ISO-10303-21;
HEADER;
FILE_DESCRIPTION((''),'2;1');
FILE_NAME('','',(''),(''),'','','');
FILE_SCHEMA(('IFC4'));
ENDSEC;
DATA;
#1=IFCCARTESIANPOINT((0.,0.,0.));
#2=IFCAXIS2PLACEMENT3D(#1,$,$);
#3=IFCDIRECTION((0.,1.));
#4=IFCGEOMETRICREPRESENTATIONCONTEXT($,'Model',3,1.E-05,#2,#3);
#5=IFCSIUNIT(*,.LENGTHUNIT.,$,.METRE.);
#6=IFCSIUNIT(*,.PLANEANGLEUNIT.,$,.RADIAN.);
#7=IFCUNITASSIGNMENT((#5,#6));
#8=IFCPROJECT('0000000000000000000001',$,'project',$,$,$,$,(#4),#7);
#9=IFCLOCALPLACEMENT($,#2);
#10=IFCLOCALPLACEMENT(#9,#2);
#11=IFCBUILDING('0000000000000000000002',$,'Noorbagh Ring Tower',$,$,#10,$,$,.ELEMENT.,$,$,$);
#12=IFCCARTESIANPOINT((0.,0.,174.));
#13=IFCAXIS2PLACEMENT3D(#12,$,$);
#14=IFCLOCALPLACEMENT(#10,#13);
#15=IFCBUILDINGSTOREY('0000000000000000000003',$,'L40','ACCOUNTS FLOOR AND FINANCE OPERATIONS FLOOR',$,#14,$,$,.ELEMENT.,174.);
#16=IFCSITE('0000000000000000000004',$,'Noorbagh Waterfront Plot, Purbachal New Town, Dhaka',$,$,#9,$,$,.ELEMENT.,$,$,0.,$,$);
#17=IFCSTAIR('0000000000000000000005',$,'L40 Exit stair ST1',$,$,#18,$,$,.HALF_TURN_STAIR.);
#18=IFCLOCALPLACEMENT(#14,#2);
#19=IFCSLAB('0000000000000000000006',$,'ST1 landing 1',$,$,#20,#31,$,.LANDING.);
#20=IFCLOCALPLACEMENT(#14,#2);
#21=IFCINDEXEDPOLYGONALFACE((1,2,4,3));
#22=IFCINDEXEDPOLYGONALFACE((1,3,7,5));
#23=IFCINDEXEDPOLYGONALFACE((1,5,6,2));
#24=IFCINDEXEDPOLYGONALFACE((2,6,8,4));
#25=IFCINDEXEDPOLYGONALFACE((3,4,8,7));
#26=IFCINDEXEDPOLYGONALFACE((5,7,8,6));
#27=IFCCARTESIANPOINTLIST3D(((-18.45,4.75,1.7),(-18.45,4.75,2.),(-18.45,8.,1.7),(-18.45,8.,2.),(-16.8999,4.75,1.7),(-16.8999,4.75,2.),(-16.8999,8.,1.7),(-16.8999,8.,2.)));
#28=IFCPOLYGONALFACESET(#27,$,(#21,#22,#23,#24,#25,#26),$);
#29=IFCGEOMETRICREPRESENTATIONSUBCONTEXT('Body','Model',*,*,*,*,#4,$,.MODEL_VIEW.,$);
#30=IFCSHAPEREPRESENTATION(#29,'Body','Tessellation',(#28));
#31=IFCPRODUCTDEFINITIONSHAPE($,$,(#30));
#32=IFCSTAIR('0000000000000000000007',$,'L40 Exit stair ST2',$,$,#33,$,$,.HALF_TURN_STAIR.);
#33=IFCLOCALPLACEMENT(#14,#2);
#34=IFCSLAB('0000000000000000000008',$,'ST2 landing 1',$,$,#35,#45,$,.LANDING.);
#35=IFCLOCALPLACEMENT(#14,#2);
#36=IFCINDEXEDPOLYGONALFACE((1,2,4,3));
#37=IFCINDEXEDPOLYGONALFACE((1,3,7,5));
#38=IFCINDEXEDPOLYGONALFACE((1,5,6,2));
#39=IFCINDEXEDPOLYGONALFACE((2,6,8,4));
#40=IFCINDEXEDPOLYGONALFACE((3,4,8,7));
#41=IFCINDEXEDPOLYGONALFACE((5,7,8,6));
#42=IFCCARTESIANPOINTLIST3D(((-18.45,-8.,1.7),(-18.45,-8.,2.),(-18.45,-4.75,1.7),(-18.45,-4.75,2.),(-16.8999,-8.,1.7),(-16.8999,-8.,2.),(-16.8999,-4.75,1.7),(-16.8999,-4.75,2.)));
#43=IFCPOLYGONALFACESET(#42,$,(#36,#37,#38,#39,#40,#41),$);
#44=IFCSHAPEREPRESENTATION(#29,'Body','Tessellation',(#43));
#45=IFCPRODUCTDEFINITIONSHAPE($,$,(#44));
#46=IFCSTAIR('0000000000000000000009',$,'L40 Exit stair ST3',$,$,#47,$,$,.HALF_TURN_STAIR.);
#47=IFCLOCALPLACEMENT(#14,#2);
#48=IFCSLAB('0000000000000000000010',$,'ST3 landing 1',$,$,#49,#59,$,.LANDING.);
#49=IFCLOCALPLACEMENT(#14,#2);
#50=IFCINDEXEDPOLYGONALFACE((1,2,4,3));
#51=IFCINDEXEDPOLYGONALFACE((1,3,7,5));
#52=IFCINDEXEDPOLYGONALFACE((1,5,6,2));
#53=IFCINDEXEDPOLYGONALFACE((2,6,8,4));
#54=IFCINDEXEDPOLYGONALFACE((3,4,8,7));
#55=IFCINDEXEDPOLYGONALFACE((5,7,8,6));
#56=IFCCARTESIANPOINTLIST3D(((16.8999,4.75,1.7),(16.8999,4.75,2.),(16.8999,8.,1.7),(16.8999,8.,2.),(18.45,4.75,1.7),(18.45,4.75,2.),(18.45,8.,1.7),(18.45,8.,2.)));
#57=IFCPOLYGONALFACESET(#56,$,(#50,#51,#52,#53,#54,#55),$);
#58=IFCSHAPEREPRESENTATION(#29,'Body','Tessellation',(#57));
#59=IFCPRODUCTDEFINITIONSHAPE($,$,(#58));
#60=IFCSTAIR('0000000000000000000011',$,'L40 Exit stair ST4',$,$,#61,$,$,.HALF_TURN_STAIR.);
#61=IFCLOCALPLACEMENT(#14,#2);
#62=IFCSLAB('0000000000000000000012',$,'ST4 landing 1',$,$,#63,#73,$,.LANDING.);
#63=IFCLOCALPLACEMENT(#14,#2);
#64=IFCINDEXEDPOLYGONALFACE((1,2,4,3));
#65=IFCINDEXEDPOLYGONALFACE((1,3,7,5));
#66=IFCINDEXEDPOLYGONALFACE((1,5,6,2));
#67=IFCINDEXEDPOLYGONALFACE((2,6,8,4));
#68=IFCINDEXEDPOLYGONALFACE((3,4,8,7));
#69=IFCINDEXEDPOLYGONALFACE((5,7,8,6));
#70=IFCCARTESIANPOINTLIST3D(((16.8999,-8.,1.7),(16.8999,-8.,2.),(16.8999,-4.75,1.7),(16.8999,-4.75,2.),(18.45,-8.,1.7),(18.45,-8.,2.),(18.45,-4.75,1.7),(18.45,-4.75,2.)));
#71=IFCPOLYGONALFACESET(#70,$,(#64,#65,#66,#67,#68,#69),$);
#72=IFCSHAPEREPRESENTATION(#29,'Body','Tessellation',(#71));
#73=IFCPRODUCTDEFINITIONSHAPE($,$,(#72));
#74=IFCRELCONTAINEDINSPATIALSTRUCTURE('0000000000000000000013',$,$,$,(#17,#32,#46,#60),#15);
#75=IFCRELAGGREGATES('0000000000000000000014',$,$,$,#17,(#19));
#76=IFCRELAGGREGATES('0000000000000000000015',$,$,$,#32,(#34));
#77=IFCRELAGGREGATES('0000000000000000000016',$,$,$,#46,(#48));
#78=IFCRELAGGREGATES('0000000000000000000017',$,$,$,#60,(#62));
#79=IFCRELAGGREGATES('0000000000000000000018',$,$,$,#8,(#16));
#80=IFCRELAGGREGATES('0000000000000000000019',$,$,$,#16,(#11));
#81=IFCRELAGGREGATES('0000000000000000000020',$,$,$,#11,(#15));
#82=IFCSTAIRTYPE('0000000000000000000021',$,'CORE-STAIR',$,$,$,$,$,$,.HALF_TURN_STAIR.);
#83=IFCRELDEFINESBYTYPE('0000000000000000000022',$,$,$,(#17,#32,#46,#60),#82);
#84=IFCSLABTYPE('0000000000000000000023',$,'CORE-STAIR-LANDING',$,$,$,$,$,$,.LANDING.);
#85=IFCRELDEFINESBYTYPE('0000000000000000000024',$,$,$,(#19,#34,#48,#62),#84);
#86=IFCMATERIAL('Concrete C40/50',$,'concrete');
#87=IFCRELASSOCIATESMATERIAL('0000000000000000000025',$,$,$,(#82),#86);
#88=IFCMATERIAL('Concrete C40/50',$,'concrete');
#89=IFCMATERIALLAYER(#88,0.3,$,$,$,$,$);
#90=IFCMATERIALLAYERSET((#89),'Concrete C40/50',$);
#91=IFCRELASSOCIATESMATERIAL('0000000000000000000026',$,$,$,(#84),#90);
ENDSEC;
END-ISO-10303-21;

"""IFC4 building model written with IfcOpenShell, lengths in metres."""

from ifc_helpers import new_model, si_unit, direction, frame, origin, place, context, subcontext, project, spatial, polyline, outline, extrude, material, layer, layer_set, type_object, element, aggregate, save


model = new_model("IFC4")

# Units and contexts
model_context = context("Model", 3, precision=1e-05, world=origin(), true_north=direction((0.0, 1.0)))
body_context = subcontext(model_context, "Body", "Model", "MODEL_VIEW")
ifc_project = project(units=[si_unit("LENGTHUNIT", "METRE"), si_unit("PLANEANGLEUNIT", "RADIAN")], contexts=[model_context])

# Site, building, storey
site_placement = place(None, origin())
building_placement = place(site_placement, origin())
storey_placement = place(building_placement, frame((0.0, 0.0, 174.0)))
site = spatial("IfcSite", under=ifc_project, at=site_placement, Name="Noorbagh Waterfront Plot, Purbachal New Town, Dhaka", CompositionType="ELEMENT", RefElevation=0.0)
building = spatial("IfcBuilding", under=site, at=building_placement, Name="Noorbagh Ring Tower", CompositionType="ELEMENT")
storey = spatial("IfcBuildingStorey", under=building, at=storey_placement, Name="L40", Description="ACCOUNTS FLOOR AND FINANCE OPERATIONS FLOOR", CompositionType="ELEMENT", Elevation=174.0)

# Stairs, slabs
ifc_material_1 = material(Name="Concrete C40/50", Category="concrete")
stair_type = type_object("IfcStairType", Name="CORE-STAIR", PredefinedType="HALF_TURN_STAIR", material=ifc_material_1)
stair_1_placement = place(storey_placement, origin())
stair_1 = element("IfcStair", 1, at=stair_1_placement, inside=storey, type_object=stair_type, Name="L40 Exit stair ST1", PredefinedType="HALF_TURN_STAIR")
ifc_material_2 = material(Name="Concrete C40/50", Category="concrete")
ifc_layer_1 = layer(ifc_material_2, 0.3)
ifc_layer_set_1 = layer_set([ifc_layer_1], Name="Concrete C40/50")
slab_type = type_object("IfcSlabType", Name="CORE-STAIR-LANDING", PredefinedType="LANDING", material=ifc_layer_set_1)
slab_1_placement = place(storey_placement, frame((0.0, 0.0, 1.7)))
slab_1 = element("IfcSlab", 2, at=slab_1_placement, type_object=slab_type, Name="ST1 landing 1", PredefinedType="LANDING", context=body_context, shape_type="SweptSolid", body=[
    extrude(outline(polyline([(-18.45, 4.75), (-16.8999, 4.75), (-16.8999, 8.0), (-18.45, 8.0), (-18.45, 4.75)])), origin(), (0.0, 0.0, 1.0), 0.3),
])
aggregate(stair_1, [slab_1])
stair_2_placement = place(storey_placement, origin())
stair_2 = element("IfcStair", 3, at=stair_2_placement, inside=storey, type_object=stair_type, Name="L40 Exit stair ST2", PredefinedType="HALF_TURN_STAIR")
slab_2_placement = place(storey_placement, frame((0.0, 0.0, 1.7)))
slab_2 = element("IfcSlab", 4, at=slab_2_placement, type_object=slab_type, Name="ST2 landing 1", PredefinedType="LANDING", context=body_context, shape_type="SweptSolid", body=[
    extrude(outline(polyline([(-18.45, -8.0), (-16.8999, -8.0), (-16.8999, -4.75), (-18.45, -4.75), (-18.45, -8.0)])), origin(), (0.0, 0.0, 1.0), 0.3),
])
aggregate(stair_2, [slab_2])
stair_3_placement = place(storey_placement, origin())
stair_3 = element("IfcStair", 5, at=stair_3_placement, inside=storey, type_object=stair_type, Name="L40 Exit stair ST3", PredefinedType="HALF_TURN_STAIR")
slab_3_placement = place(storey_placement, frame((0.0, 0.0, 1.7)))
slab_3 = element("IfcSlab", 6, at=slab_3_placement, type_object=slab_type, Name="ST3 landing 1", PredefinedType="LANDING", context=body_context, shape_type="SweptSolid", body=[
    extrude(outline(polyline([(18.45, 8.0), (16.8999, 8.0), (16.8999, 4.75), (18.45, 4.75), (18.45, 8.0)])), origin(), (0.0, 0.0, 1.0), 0.3),
])
aggregate(stair_3, [slab_3])
stair_4_placement = place(storey_placement, origin())
stair_4 = element("IfcStair", 7, at=stair_4_placement, inside=storey, type_object=stair_type, Name="L40 Exit stair ST4", PredefinedType="HALF_TURN_STAIR")
slab_4_placement = place(storey_placement, frame((0.0, 0.0, 1.7)))
slab_4 = element("IfcSlab", 8, at=slab_4_placement, type_object=slab_type, Name="ST4 landing 1", PredefinedType="LANDING", context=body_context, shape_type="SweptSolid", body=[
    extrude(outline(polyline([(18.45, -4.75), (16.8999, -4.75), (16.8999, -8.0), (18.45, -8.0), (18.45, -4.75)])), origin(), (0.0, 0.0, 1.0), 0.3),
])
aggregate(stair_4, [slab_4])

save(model, "model.ifc")
